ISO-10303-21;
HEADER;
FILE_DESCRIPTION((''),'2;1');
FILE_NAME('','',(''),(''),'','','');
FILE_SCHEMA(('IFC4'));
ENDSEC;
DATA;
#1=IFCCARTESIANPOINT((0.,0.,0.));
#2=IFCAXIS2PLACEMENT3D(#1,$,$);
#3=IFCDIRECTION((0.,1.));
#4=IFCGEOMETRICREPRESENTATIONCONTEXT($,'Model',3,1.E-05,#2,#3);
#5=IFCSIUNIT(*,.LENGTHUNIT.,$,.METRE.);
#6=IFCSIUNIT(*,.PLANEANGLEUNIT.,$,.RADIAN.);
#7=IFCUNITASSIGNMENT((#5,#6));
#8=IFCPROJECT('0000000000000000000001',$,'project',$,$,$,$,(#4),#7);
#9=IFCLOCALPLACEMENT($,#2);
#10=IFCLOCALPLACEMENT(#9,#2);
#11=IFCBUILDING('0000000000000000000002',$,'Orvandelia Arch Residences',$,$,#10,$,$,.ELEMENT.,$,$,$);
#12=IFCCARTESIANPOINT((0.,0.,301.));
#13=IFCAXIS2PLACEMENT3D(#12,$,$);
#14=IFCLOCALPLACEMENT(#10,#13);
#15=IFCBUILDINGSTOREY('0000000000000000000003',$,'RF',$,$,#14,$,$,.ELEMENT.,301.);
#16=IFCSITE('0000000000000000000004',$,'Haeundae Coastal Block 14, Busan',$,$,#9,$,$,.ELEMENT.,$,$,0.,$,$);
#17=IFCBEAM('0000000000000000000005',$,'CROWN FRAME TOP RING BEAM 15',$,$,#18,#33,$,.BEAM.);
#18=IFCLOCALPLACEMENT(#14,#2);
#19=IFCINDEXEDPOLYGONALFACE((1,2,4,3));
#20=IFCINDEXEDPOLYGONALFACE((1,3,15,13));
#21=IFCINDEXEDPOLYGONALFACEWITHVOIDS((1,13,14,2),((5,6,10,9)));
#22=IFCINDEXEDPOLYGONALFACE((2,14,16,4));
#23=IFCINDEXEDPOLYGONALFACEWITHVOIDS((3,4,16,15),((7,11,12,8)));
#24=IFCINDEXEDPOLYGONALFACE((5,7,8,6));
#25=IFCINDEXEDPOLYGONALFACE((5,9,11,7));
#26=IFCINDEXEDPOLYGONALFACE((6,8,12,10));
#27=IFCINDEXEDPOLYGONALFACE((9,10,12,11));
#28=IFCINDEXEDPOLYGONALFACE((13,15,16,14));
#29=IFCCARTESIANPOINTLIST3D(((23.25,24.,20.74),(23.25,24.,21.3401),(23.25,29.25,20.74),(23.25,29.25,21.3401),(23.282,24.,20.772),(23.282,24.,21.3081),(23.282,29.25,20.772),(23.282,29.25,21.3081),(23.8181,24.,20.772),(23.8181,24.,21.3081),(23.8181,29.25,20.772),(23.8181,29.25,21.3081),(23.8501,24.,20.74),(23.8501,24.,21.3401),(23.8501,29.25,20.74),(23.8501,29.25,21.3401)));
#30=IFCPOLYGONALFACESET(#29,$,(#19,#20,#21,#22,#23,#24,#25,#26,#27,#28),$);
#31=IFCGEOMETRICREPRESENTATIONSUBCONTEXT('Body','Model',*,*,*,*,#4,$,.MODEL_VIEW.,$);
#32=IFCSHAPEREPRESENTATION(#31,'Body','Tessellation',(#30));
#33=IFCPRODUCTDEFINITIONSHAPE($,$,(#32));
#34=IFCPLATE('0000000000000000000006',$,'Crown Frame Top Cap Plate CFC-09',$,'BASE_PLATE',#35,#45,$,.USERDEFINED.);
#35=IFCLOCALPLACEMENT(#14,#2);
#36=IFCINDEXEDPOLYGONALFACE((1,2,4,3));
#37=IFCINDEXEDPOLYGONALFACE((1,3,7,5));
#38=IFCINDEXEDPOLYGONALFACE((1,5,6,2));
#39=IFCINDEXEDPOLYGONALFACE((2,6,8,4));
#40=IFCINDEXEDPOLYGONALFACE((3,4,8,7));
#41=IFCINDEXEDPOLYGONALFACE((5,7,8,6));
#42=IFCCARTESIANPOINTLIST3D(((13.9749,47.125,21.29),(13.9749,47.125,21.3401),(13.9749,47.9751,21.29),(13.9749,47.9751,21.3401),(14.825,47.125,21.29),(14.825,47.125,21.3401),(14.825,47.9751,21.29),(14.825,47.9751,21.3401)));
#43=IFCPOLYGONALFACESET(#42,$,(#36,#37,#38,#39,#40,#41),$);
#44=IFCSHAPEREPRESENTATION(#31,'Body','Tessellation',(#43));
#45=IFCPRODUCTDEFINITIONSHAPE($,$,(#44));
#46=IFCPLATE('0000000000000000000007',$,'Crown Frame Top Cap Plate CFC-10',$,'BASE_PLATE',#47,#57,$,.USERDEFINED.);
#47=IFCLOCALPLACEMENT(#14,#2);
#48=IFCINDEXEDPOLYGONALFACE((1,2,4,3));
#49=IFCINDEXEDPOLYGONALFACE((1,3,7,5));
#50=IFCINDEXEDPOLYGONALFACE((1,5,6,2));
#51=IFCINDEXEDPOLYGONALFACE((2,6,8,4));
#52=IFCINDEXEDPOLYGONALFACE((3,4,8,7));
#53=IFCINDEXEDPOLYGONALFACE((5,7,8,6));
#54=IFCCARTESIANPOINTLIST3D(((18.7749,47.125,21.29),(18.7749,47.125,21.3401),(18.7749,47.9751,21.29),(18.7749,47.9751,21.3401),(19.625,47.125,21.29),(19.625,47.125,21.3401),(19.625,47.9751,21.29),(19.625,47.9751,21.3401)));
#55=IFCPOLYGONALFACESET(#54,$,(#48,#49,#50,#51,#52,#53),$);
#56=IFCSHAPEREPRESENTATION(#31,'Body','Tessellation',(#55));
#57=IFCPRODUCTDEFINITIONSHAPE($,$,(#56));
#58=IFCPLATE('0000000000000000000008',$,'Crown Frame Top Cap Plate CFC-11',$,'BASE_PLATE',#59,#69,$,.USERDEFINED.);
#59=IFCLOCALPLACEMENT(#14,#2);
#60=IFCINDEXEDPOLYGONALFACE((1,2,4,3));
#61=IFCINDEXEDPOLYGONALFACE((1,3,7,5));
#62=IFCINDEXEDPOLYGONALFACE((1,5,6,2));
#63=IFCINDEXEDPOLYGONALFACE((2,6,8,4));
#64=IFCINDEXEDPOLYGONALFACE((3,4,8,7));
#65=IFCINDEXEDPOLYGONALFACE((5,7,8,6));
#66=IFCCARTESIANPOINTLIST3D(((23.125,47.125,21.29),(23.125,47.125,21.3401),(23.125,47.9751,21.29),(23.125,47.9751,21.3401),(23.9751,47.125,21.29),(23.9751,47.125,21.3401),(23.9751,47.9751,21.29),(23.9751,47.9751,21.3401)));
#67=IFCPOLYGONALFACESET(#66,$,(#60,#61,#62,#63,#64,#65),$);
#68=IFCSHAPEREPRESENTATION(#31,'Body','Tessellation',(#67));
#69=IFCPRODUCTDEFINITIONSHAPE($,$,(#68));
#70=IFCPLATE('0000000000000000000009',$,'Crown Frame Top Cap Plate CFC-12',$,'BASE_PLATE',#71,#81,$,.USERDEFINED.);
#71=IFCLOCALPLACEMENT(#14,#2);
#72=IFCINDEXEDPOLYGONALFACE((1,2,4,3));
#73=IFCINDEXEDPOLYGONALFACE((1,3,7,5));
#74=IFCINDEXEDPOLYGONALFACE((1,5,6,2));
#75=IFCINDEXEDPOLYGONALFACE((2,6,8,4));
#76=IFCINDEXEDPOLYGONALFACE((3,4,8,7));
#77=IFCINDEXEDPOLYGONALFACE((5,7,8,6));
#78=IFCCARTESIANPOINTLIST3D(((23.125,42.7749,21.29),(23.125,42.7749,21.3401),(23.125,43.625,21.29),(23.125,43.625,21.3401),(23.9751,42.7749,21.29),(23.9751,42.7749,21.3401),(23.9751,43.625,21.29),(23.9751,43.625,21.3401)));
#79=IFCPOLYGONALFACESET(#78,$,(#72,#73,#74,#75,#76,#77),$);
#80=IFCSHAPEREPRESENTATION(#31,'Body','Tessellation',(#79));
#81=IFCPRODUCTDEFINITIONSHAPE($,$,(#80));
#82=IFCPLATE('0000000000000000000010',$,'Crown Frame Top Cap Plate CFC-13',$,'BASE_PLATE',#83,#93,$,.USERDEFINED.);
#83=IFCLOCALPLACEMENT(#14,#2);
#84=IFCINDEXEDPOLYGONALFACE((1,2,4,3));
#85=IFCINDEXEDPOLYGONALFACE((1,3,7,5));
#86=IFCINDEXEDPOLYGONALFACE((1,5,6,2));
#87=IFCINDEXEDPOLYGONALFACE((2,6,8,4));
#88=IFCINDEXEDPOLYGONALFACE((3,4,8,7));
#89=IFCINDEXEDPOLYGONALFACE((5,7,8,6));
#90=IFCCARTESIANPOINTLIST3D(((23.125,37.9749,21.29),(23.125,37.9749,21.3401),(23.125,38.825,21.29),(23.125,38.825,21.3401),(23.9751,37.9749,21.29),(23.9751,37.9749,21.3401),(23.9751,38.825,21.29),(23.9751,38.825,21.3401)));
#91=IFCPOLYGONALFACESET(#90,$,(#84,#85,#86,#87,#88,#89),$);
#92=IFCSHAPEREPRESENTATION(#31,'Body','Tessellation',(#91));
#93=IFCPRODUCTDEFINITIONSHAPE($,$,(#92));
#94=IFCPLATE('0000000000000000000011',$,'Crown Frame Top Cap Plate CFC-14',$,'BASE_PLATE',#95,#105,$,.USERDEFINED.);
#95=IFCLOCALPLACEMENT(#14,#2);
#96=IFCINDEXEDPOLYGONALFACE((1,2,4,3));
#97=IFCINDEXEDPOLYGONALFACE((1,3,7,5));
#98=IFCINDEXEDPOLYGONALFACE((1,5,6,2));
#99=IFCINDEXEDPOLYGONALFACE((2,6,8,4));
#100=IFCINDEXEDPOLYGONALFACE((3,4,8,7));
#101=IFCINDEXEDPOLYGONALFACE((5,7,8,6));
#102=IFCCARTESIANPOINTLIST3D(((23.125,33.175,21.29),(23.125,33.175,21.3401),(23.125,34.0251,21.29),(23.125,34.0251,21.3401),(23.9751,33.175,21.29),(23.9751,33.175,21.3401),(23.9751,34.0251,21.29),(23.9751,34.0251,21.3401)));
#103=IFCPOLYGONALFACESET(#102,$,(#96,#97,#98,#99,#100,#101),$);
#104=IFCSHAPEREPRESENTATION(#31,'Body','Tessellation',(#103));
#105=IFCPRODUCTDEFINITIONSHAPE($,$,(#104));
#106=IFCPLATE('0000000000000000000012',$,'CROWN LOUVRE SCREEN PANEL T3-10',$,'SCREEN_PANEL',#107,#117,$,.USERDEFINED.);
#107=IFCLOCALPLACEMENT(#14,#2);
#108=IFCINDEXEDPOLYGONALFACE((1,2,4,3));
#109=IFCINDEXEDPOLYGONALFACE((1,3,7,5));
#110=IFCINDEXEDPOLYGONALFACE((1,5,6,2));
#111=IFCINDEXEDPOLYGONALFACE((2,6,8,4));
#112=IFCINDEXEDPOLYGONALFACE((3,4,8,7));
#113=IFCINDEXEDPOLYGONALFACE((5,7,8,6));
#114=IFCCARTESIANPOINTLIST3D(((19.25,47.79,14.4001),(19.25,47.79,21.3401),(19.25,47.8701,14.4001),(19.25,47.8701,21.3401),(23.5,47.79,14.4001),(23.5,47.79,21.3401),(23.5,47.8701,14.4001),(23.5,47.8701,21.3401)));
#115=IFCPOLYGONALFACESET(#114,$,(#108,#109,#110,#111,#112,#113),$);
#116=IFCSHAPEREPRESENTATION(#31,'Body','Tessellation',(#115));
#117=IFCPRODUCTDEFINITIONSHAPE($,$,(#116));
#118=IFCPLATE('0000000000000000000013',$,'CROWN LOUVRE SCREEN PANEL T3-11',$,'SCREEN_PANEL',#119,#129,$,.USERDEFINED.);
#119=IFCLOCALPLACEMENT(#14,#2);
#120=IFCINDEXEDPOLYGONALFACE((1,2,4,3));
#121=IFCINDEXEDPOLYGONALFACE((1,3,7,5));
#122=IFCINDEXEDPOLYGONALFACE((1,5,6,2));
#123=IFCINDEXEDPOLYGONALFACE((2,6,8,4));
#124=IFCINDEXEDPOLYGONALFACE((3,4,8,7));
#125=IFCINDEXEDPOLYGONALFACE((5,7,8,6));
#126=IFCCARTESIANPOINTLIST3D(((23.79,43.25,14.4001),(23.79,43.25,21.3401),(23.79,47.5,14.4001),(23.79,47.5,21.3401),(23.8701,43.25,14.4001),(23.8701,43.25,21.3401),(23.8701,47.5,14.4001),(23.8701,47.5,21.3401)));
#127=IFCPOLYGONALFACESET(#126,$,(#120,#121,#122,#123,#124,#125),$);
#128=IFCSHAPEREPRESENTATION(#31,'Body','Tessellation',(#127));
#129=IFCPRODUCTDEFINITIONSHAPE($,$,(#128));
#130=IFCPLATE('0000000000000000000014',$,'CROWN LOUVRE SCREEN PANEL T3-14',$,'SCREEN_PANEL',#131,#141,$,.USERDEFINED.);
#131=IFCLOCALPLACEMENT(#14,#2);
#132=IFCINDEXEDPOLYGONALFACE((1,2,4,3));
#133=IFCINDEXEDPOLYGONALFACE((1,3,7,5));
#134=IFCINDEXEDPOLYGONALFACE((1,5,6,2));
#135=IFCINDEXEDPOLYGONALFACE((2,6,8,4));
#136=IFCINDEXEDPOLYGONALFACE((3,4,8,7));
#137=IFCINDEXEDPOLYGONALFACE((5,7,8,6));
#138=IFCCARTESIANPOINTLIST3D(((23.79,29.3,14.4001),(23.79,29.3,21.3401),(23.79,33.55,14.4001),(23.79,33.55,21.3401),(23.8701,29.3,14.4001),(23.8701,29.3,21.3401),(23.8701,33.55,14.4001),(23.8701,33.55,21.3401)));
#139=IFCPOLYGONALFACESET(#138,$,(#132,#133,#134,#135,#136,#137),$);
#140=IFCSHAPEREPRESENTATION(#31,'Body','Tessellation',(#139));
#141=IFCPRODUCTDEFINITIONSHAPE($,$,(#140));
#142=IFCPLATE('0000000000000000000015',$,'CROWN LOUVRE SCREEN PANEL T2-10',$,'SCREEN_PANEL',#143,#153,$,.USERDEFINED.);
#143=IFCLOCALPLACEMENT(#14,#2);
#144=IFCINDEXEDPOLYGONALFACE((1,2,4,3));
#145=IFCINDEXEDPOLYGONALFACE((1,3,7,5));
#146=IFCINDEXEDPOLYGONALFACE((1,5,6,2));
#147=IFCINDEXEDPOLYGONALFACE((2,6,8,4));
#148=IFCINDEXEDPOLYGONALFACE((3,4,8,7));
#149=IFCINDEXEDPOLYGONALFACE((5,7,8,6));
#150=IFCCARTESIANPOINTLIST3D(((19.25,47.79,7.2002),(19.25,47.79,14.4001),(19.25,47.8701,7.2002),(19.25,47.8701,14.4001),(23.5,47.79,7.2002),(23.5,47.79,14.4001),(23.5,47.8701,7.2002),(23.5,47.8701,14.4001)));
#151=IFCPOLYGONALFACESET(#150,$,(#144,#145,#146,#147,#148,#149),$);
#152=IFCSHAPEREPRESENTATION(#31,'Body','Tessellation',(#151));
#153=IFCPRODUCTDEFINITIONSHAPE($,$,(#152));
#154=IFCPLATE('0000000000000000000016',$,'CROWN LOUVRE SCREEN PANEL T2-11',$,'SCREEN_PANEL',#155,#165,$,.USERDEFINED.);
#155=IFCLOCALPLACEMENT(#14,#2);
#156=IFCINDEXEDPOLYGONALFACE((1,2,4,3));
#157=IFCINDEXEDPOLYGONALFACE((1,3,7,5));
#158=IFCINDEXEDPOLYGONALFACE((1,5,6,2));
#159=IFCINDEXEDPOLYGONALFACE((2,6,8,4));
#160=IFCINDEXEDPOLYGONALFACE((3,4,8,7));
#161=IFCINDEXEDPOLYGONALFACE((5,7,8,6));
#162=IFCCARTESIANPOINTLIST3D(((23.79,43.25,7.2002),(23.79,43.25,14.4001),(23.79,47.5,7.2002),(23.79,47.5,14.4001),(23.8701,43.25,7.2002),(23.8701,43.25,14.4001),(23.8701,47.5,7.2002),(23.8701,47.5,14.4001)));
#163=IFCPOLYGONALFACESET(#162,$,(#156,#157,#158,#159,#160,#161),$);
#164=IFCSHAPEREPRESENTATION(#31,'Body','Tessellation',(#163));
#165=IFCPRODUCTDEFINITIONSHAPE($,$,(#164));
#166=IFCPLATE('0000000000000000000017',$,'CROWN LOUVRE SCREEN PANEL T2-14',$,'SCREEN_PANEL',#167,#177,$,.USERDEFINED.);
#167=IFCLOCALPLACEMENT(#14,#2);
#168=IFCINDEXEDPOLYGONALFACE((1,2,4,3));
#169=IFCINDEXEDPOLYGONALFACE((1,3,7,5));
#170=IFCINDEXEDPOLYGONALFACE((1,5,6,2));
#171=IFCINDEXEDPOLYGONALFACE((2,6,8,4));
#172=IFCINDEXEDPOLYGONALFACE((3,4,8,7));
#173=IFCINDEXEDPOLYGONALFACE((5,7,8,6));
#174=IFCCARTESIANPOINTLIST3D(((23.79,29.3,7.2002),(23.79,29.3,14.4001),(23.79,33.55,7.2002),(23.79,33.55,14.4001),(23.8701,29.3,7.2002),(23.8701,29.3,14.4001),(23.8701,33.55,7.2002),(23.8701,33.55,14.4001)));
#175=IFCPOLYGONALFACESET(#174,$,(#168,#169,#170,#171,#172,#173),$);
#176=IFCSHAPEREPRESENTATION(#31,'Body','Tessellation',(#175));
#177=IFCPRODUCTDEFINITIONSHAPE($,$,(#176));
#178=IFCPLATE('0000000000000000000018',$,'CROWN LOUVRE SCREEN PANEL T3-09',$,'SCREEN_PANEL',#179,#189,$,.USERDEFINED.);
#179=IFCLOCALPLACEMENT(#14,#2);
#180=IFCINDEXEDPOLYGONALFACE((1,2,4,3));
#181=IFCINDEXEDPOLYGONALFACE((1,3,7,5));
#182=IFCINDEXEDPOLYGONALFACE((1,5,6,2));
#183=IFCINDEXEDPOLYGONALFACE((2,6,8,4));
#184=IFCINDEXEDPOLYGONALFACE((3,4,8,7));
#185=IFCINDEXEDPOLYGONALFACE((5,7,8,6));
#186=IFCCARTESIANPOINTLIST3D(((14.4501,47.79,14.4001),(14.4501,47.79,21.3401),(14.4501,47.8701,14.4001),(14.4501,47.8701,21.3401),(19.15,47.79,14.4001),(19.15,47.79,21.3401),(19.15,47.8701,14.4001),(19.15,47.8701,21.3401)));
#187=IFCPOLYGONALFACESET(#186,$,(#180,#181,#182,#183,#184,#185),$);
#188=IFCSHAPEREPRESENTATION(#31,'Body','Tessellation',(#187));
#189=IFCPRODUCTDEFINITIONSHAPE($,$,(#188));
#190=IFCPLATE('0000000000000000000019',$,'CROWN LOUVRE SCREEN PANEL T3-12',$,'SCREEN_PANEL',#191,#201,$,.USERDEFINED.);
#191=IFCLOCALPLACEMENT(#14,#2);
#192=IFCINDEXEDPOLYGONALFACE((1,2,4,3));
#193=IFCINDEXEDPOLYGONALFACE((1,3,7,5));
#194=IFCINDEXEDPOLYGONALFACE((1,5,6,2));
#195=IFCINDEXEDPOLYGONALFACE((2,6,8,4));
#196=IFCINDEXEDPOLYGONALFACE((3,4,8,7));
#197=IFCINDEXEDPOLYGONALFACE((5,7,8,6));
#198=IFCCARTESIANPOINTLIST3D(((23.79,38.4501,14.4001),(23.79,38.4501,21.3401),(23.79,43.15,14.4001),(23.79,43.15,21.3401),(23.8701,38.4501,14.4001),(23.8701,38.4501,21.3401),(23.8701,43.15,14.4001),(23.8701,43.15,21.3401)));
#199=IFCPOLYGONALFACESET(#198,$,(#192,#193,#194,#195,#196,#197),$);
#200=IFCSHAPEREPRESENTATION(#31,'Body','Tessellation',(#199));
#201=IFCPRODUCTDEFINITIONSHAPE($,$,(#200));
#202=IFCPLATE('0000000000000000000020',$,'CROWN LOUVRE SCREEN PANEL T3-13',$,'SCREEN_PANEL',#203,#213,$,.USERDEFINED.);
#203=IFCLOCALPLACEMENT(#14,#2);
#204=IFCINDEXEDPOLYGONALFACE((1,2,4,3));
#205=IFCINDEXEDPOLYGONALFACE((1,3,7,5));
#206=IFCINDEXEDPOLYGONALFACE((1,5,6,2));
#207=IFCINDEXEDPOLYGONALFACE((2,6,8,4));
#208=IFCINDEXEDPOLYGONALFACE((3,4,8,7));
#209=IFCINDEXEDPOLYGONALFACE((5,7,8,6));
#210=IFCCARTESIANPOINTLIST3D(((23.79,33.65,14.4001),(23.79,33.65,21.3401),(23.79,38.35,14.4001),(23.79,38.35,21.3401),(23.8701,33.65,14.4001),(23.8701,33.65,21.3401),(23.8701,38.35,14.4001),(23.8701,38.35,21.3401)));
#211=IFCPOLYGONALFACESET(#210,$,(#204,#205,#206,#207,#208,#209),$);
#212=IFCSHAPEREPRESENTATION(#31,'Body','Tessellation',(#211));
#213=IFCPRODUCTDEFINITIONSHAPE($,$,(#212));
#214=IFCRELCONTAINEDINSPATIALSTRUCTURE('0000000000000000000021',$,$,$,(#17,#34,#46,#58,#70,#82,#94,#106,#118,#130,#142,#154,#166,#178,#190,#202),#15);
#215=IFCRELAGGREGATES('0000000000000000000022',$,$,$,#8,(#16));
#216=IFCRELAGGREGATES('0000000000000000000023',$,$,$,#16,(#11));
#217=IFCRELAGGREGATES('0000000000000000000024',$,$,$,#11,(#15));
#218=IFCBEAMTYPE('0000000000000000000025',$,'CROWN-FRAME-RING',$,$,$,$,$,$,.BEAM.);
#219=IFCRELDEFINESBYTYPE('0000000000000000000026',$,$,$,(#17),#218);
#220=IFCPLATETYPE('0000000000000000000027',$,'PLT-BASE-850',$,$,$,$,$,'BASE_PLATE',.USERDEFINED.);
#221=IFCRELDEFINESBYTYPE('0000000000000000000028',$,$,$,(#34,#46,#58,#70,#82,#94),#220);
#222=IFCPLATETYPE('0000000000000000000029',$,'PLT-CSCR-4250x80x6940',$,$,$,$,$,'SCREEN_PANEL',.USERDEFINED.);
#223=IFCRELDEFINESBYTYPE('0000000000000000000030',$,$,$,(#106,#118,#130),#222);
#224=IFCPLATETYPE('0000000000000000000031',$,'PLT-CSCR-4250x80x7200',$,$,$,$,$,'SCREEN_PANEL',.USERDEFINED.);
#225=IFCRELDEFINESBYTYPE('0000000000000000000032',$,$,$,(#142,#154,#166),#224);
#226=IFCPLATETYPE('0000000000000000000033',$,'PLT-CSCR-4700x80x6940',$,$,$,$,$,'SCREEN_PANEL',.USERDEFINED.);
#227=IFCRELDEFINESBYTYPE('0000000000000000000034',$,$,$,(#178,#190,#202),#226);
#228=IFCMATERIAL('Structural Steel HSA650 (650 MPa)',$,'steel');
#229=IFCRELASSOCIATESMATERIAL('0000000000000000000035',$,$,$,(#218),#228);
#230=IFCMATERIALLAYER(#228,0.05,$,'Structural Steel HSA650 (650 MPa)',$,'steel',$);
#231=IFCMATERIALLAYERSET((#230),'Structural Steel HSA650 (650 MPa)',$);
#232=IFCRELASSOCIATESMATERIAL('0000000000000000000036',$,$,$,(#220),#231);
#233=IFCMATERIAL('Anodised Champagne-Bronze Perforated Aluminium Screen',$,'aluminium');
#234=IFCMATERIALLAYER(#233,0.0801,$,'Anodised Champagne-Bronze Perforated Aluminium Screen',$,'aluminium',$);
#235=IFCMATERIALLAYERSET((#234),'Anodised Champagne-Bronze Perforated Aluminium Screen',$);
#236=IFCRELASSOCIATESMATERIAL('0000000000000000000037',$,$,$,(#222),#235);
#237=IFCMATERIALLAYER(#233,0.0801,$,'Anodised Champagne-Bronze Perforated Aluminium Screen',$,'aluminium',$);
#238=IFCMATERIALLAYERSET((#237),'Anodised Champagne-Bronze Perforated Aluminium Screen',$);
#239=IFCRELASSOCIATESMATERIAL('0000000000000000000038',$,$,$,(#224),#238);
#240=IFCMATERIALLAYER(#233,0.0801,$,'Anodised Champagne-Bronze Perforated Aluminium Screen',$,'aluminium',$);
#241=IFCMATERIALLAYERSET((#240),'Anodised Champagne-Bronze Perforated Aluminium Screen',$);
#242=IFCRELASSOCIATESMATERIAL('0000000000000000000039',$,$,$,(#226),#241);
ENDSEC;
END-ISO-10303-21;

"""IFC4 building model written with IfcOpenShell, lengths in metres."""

from ifc_helpers import new_model, si_unit, direction, frame, origin, origin_2d, place, context, subcontext, project, spatial, rectangle, hollow_rectangle, extrude, material, layer, layer_set, material_profile, profile_set, type_object, element, save


model = new_model("IFC4")

# Units and contexts
model_context = context("Model", 3, precision=1e-05, world=origin(), true_north=direction((0.0, 1.0)))
body_context = subcontext(model_context, "Body", "Model", "MODEL_VIEW")
ifc_project = project(units=[si_unit("LENGTHUNIT", "METRE"), si_unit("PLANEANGLEUNIT", "RADIAN")], contexts=[model_context])

# Site, building, storey
site_placement = place(None, origin())
site = spatial("IfcSite", under=ifc_project, at=site_placement, Name="Haeundae Coastal Block 14, Busan", CompositionType="ELEMENT", RefElevation=0.0)
building_placement = place(site_placement, origin())
building = spatial("IfcBuilding", under=site, at=building_placement, Name="Orvandelia Arch Residences", CompositionType="ELEMENT")
storey_placement = place(building_placement, frame((0.0, 0.0, 301.0)))
storey = spatial("IfcBuildingStorey", under=building, at=storey_placement, Name="RF", CompositionType="ELEMENT", Elevation=301.0)

# Beam
ifc_material_1 = material(Name="Structural Steel HSA650 (650 MPa)", Category="steel")
ifc_material_profile = material_profile(ifc_material_1, hollow_rectangle(XDim=0.6001, YDim=0.6001, WallThickness=0.032, at=origin_2d()), Name="Structural Steel HSA650 (650 MPa)", Category="steel")
ifc_profile_set = profile_set([ifc_material_profile], Name="Structural Steel HSA650 (650 MPa)")
beam_type = type_object("IfcBeamType", Name="CROWN-FRAME-RING", PredefinedType="BEAM", material=ifc_profile_set)
for number, where, z_axis, x_axis, name in (
    (1, (23.55, 29.25, 21.04), (0.0, -1.0, 0.0), (1.0, 0.0, 0.0), "CROWN FRAME TOP RING BEAM 15"),
):
    element("IfcBeam", number, at=place(storey_placement, frame(where, z_axis=z_axis, x_axis=x_axis)), inside=storey, type_object=beam_type, Name=name, PredefinedType="BEAM", context=body_context, shape_type="SweptSolid", body=[
        extrude(hollow_rectangle(XDim=0.6001, YDim=0.6001, WallThickness=0.032, at=origin_2d()), origin(), (0.0, 0.0, 1.0), 5.25),
    ])

# Plates
ifc_layer_1 = layer(ifc_material_1, 0.05, Name="Structural Steel HSA650 (650 MPa)", Category="steel")
ifc_layer_set_1 = layer_set([ifc_layer_1], Name="Structural Steel HSA650 (650 MPa)")
plate_type_1 = type_object("IfcPlateType", Name="PLT-BASE-850", ElementType="BASE_PLATE", PredefinedType="USERDEFINED", material=ifc_layer_set_1)
for number, where, z_axis, x_axis, name in (
    (2, (14.3999, 47.55, 21.29), (0.0, 0.0, 1.0), (1.0, 0.0, 0.0), "Crown Frame Top Cap Plate CFC-09"),
    (3, (19.2, 47.55, 21.29), (0.0, 0.0, 1.0), (1.0, 0.0, 0.0), "Crown Frame Top Cap Plate CFC-10"),
    (4, (23.55, 47.55, 21.29), (0.0, 0.0, 1.0), (1.0, 0.0, 0.0), "Crown Frame Top Cap Plate CFC-11"),
    (5, (23.55, 43.2, 21.29), (0.0, 0.0, 1.0), (1.0, 0.0, 0.0), "Crown Frame Top Cap Plate CFC-12"),
    (6, (23.55, 38.3999, 21.29), (0.0, 0.0, 1.0), (1.0, 0.0, 0.0), "Crown Frame Top Cap Plate CFC-13"),
    (7, (23.55, 33.6001, 21.29), (0.0, 0.0, 1.0), (1.0, 0.0, 0.0), "Crown Frame Top Cap Plate CFC-14"),
):
    element("IfcPlate", number, at=place(storey_placement, frame(where, z_axis=z_axis, x_axis=x_axis)), inside=storey, type_object=plate_type_1, Name=name, ObjectType="BASE_PLATE", PredefinedType="USERDEFINED", context=body_context, shape_type="SweptSolid", body=[
        extrude(rectangle(XDim=0.8501, YDim=0.8501, at=origin_2d()), origin(), (0.0, 0.0, 1.0), 0.05),
    ])
ifc_material_2 = material(Name="Anodised Champagne-Bronze Perforated Aluminium Screen", Category="aluminium")
ifc_layer_2 = layer(ifc_material_2, 0.0801, Name="Anodised Champagne-Bronze Perforated Aluminium Screen", Category="aluminium")
ifc_layer_set_2 = layer_set([ifc_layer_2], Name="Anodised Champagne-Bronze Perforated Aluminium Screen")
plate_type_2 = type_object("IfcPlateType", Name="PLT-CSCR-4250x80x6940", ElementType="SCREEN_PANEL", PredefinedType="USERDEFINED", material=ifc_layer_set_2)
for number, where, z_axis, x_axis, name in (
    (8, (21.375, 47.8301, 14.4001), (0.0, 0.0, 1.0), (1.0, 0.0, 0.0), "CROWN LOUVRE SCREEN PANEL T3-10"),
    (9, (23.8301, 45.375, 14.4001), (0.0, 0.0, 1.0), (0.0, -1.0, 0.0), "CROWN LOUVRE SCREEN PANEL T3-11"),
    (10, (23.8301, 31.425, 14.4001), (0.0, 0.0, 1.0), (0.0, -1.0, 0.0), "CROWN LOUVRE SCREEN PANEL T3-14"),
):
    element("IfcPlate", number, at=place(storey_placement, frame(where, z_axis=z_axis, x_axis=x_axis)), inside=storey, type_object=plate_type_2, Name=name, ObjectType="SCREEN_PANEL", PredefinedType="USERDEFINED", context=body_context, shape_type="SweptSolid", body=[
        extrude(rectangle(XDim=4.25, YDim=0.0801, at=origin_2d()), origin(), (0.0, 0.0, 1.0), 6.9399),
    ])
ifc_layer_3 = layer(ifc_material_2, 0.0801, Name="Anodised Champagne-Bronze Perforated Aluminium Screen", Category="aluminium")
ifc_layer_set_3 = layer_set([ifc_layer_3], Name="Anodised Champagne-Bronze Perforated Aluminium Screen")
plate_type_3 = type_object("IfcPlateType", Name="PLT-CSCR-4250x80x7200", ElementType="SCREEN_PANEL", PredefinedType="USERDEFINED", material=ifc_layer_set_3)
for number, where, z_axis, x_axis, name in (
    (11, (21.375, 47.8301, 7.2002), (0.0, 0.0, 1.0), (1.0, 0.0, 0.0), "CROWN LOUVRE SCREEN PANEL T2-10"),
    (12, (23.8301, 45.375, 7.2002), (0.0, 0.0, 1.0), (0.0, -1.0, 0.0), "CROWN LOUVRE SCREEN PANEL T2-11"),
    (13, (23.8301, 31.425, 7.2002), (0.0, 0.0, 1.0), (0.0, -1.0, 0.0), "CROWN LOUVRE SCREEN PANEL T2-14"),
):
    element("IfcPlate", number, at=place(storey_placement, frame(where, z_axis=z_axis, x_axis=x_axis)), inside=storey, type_object=plate_type_3, Name=name, ObjectType="SCREEN_PANEL", PredefinedType="USERDEFINED", context=body_context, shape_type="SweptSolid", body=[
        extrude(rectangle(XDim=4.25, YDim=0.0801, at=origin_2d()), origin(), (0.0, 0.0, 1.0), 7.2),
    ])
ifc_layer_4 = layer(ifc_material_2, 0.0801, Name="Anodised Champagne-Bronze Perforated Aluminium Screen", Category="aluminium")
ifc_layer_set_4 = layer_set([ifc_layer_4], Name="Anodised Champagne-Bronze Perforated Aluminium Screen")
plate_type_4 = type_object("IfcPlateType", Name="PLT-CSCR-4700x80x6940", ElementType="SCREEN_PANEL", PredefinedType="USERDEFINED", material=ifc_layer_set_4)
for number, where, z_axis, x_axis, name in (
    (14, (16.8, 47.8301, 14.4001), (0.0, 0.0, 1.0), (1.0, 0.0, 0.0), "CROWN LOUVRE SCREEN PANEL T3-09"),
    (15, (23.8301, 40.8, 14.4001), (0.0, 0.0, 1.0), (0.0, -1.0, 0.0), "CROWN LOUVRE SCREEN PANEL T3-12"),
    (16, (23.8301, 36.0, 14.4001), (0.0, 0.0, 1.0), (0.0, -1.0, 0.0), "CROWN LOUVRE SCREEN PANEL T3-13"),
):
    element("IfcPlate", number, at=place(storey_placement, frame(where, z_axis=z_axis, x_axis=x_axis)), inside=storey, type_object=plate_type_4, Name=name, ObjectType="SCREEN_PANEL", PredefinedType="USERDEFINED", context=body_context, shape_type="SweptSolid", body=[
        extrude(rectangle(XDim=4.7, YDim=0.0801, at=origin_2d()), origin(), (0.0, 0.0, 1.0), 6.9399),
    ])

save(model, "model.ifc")
